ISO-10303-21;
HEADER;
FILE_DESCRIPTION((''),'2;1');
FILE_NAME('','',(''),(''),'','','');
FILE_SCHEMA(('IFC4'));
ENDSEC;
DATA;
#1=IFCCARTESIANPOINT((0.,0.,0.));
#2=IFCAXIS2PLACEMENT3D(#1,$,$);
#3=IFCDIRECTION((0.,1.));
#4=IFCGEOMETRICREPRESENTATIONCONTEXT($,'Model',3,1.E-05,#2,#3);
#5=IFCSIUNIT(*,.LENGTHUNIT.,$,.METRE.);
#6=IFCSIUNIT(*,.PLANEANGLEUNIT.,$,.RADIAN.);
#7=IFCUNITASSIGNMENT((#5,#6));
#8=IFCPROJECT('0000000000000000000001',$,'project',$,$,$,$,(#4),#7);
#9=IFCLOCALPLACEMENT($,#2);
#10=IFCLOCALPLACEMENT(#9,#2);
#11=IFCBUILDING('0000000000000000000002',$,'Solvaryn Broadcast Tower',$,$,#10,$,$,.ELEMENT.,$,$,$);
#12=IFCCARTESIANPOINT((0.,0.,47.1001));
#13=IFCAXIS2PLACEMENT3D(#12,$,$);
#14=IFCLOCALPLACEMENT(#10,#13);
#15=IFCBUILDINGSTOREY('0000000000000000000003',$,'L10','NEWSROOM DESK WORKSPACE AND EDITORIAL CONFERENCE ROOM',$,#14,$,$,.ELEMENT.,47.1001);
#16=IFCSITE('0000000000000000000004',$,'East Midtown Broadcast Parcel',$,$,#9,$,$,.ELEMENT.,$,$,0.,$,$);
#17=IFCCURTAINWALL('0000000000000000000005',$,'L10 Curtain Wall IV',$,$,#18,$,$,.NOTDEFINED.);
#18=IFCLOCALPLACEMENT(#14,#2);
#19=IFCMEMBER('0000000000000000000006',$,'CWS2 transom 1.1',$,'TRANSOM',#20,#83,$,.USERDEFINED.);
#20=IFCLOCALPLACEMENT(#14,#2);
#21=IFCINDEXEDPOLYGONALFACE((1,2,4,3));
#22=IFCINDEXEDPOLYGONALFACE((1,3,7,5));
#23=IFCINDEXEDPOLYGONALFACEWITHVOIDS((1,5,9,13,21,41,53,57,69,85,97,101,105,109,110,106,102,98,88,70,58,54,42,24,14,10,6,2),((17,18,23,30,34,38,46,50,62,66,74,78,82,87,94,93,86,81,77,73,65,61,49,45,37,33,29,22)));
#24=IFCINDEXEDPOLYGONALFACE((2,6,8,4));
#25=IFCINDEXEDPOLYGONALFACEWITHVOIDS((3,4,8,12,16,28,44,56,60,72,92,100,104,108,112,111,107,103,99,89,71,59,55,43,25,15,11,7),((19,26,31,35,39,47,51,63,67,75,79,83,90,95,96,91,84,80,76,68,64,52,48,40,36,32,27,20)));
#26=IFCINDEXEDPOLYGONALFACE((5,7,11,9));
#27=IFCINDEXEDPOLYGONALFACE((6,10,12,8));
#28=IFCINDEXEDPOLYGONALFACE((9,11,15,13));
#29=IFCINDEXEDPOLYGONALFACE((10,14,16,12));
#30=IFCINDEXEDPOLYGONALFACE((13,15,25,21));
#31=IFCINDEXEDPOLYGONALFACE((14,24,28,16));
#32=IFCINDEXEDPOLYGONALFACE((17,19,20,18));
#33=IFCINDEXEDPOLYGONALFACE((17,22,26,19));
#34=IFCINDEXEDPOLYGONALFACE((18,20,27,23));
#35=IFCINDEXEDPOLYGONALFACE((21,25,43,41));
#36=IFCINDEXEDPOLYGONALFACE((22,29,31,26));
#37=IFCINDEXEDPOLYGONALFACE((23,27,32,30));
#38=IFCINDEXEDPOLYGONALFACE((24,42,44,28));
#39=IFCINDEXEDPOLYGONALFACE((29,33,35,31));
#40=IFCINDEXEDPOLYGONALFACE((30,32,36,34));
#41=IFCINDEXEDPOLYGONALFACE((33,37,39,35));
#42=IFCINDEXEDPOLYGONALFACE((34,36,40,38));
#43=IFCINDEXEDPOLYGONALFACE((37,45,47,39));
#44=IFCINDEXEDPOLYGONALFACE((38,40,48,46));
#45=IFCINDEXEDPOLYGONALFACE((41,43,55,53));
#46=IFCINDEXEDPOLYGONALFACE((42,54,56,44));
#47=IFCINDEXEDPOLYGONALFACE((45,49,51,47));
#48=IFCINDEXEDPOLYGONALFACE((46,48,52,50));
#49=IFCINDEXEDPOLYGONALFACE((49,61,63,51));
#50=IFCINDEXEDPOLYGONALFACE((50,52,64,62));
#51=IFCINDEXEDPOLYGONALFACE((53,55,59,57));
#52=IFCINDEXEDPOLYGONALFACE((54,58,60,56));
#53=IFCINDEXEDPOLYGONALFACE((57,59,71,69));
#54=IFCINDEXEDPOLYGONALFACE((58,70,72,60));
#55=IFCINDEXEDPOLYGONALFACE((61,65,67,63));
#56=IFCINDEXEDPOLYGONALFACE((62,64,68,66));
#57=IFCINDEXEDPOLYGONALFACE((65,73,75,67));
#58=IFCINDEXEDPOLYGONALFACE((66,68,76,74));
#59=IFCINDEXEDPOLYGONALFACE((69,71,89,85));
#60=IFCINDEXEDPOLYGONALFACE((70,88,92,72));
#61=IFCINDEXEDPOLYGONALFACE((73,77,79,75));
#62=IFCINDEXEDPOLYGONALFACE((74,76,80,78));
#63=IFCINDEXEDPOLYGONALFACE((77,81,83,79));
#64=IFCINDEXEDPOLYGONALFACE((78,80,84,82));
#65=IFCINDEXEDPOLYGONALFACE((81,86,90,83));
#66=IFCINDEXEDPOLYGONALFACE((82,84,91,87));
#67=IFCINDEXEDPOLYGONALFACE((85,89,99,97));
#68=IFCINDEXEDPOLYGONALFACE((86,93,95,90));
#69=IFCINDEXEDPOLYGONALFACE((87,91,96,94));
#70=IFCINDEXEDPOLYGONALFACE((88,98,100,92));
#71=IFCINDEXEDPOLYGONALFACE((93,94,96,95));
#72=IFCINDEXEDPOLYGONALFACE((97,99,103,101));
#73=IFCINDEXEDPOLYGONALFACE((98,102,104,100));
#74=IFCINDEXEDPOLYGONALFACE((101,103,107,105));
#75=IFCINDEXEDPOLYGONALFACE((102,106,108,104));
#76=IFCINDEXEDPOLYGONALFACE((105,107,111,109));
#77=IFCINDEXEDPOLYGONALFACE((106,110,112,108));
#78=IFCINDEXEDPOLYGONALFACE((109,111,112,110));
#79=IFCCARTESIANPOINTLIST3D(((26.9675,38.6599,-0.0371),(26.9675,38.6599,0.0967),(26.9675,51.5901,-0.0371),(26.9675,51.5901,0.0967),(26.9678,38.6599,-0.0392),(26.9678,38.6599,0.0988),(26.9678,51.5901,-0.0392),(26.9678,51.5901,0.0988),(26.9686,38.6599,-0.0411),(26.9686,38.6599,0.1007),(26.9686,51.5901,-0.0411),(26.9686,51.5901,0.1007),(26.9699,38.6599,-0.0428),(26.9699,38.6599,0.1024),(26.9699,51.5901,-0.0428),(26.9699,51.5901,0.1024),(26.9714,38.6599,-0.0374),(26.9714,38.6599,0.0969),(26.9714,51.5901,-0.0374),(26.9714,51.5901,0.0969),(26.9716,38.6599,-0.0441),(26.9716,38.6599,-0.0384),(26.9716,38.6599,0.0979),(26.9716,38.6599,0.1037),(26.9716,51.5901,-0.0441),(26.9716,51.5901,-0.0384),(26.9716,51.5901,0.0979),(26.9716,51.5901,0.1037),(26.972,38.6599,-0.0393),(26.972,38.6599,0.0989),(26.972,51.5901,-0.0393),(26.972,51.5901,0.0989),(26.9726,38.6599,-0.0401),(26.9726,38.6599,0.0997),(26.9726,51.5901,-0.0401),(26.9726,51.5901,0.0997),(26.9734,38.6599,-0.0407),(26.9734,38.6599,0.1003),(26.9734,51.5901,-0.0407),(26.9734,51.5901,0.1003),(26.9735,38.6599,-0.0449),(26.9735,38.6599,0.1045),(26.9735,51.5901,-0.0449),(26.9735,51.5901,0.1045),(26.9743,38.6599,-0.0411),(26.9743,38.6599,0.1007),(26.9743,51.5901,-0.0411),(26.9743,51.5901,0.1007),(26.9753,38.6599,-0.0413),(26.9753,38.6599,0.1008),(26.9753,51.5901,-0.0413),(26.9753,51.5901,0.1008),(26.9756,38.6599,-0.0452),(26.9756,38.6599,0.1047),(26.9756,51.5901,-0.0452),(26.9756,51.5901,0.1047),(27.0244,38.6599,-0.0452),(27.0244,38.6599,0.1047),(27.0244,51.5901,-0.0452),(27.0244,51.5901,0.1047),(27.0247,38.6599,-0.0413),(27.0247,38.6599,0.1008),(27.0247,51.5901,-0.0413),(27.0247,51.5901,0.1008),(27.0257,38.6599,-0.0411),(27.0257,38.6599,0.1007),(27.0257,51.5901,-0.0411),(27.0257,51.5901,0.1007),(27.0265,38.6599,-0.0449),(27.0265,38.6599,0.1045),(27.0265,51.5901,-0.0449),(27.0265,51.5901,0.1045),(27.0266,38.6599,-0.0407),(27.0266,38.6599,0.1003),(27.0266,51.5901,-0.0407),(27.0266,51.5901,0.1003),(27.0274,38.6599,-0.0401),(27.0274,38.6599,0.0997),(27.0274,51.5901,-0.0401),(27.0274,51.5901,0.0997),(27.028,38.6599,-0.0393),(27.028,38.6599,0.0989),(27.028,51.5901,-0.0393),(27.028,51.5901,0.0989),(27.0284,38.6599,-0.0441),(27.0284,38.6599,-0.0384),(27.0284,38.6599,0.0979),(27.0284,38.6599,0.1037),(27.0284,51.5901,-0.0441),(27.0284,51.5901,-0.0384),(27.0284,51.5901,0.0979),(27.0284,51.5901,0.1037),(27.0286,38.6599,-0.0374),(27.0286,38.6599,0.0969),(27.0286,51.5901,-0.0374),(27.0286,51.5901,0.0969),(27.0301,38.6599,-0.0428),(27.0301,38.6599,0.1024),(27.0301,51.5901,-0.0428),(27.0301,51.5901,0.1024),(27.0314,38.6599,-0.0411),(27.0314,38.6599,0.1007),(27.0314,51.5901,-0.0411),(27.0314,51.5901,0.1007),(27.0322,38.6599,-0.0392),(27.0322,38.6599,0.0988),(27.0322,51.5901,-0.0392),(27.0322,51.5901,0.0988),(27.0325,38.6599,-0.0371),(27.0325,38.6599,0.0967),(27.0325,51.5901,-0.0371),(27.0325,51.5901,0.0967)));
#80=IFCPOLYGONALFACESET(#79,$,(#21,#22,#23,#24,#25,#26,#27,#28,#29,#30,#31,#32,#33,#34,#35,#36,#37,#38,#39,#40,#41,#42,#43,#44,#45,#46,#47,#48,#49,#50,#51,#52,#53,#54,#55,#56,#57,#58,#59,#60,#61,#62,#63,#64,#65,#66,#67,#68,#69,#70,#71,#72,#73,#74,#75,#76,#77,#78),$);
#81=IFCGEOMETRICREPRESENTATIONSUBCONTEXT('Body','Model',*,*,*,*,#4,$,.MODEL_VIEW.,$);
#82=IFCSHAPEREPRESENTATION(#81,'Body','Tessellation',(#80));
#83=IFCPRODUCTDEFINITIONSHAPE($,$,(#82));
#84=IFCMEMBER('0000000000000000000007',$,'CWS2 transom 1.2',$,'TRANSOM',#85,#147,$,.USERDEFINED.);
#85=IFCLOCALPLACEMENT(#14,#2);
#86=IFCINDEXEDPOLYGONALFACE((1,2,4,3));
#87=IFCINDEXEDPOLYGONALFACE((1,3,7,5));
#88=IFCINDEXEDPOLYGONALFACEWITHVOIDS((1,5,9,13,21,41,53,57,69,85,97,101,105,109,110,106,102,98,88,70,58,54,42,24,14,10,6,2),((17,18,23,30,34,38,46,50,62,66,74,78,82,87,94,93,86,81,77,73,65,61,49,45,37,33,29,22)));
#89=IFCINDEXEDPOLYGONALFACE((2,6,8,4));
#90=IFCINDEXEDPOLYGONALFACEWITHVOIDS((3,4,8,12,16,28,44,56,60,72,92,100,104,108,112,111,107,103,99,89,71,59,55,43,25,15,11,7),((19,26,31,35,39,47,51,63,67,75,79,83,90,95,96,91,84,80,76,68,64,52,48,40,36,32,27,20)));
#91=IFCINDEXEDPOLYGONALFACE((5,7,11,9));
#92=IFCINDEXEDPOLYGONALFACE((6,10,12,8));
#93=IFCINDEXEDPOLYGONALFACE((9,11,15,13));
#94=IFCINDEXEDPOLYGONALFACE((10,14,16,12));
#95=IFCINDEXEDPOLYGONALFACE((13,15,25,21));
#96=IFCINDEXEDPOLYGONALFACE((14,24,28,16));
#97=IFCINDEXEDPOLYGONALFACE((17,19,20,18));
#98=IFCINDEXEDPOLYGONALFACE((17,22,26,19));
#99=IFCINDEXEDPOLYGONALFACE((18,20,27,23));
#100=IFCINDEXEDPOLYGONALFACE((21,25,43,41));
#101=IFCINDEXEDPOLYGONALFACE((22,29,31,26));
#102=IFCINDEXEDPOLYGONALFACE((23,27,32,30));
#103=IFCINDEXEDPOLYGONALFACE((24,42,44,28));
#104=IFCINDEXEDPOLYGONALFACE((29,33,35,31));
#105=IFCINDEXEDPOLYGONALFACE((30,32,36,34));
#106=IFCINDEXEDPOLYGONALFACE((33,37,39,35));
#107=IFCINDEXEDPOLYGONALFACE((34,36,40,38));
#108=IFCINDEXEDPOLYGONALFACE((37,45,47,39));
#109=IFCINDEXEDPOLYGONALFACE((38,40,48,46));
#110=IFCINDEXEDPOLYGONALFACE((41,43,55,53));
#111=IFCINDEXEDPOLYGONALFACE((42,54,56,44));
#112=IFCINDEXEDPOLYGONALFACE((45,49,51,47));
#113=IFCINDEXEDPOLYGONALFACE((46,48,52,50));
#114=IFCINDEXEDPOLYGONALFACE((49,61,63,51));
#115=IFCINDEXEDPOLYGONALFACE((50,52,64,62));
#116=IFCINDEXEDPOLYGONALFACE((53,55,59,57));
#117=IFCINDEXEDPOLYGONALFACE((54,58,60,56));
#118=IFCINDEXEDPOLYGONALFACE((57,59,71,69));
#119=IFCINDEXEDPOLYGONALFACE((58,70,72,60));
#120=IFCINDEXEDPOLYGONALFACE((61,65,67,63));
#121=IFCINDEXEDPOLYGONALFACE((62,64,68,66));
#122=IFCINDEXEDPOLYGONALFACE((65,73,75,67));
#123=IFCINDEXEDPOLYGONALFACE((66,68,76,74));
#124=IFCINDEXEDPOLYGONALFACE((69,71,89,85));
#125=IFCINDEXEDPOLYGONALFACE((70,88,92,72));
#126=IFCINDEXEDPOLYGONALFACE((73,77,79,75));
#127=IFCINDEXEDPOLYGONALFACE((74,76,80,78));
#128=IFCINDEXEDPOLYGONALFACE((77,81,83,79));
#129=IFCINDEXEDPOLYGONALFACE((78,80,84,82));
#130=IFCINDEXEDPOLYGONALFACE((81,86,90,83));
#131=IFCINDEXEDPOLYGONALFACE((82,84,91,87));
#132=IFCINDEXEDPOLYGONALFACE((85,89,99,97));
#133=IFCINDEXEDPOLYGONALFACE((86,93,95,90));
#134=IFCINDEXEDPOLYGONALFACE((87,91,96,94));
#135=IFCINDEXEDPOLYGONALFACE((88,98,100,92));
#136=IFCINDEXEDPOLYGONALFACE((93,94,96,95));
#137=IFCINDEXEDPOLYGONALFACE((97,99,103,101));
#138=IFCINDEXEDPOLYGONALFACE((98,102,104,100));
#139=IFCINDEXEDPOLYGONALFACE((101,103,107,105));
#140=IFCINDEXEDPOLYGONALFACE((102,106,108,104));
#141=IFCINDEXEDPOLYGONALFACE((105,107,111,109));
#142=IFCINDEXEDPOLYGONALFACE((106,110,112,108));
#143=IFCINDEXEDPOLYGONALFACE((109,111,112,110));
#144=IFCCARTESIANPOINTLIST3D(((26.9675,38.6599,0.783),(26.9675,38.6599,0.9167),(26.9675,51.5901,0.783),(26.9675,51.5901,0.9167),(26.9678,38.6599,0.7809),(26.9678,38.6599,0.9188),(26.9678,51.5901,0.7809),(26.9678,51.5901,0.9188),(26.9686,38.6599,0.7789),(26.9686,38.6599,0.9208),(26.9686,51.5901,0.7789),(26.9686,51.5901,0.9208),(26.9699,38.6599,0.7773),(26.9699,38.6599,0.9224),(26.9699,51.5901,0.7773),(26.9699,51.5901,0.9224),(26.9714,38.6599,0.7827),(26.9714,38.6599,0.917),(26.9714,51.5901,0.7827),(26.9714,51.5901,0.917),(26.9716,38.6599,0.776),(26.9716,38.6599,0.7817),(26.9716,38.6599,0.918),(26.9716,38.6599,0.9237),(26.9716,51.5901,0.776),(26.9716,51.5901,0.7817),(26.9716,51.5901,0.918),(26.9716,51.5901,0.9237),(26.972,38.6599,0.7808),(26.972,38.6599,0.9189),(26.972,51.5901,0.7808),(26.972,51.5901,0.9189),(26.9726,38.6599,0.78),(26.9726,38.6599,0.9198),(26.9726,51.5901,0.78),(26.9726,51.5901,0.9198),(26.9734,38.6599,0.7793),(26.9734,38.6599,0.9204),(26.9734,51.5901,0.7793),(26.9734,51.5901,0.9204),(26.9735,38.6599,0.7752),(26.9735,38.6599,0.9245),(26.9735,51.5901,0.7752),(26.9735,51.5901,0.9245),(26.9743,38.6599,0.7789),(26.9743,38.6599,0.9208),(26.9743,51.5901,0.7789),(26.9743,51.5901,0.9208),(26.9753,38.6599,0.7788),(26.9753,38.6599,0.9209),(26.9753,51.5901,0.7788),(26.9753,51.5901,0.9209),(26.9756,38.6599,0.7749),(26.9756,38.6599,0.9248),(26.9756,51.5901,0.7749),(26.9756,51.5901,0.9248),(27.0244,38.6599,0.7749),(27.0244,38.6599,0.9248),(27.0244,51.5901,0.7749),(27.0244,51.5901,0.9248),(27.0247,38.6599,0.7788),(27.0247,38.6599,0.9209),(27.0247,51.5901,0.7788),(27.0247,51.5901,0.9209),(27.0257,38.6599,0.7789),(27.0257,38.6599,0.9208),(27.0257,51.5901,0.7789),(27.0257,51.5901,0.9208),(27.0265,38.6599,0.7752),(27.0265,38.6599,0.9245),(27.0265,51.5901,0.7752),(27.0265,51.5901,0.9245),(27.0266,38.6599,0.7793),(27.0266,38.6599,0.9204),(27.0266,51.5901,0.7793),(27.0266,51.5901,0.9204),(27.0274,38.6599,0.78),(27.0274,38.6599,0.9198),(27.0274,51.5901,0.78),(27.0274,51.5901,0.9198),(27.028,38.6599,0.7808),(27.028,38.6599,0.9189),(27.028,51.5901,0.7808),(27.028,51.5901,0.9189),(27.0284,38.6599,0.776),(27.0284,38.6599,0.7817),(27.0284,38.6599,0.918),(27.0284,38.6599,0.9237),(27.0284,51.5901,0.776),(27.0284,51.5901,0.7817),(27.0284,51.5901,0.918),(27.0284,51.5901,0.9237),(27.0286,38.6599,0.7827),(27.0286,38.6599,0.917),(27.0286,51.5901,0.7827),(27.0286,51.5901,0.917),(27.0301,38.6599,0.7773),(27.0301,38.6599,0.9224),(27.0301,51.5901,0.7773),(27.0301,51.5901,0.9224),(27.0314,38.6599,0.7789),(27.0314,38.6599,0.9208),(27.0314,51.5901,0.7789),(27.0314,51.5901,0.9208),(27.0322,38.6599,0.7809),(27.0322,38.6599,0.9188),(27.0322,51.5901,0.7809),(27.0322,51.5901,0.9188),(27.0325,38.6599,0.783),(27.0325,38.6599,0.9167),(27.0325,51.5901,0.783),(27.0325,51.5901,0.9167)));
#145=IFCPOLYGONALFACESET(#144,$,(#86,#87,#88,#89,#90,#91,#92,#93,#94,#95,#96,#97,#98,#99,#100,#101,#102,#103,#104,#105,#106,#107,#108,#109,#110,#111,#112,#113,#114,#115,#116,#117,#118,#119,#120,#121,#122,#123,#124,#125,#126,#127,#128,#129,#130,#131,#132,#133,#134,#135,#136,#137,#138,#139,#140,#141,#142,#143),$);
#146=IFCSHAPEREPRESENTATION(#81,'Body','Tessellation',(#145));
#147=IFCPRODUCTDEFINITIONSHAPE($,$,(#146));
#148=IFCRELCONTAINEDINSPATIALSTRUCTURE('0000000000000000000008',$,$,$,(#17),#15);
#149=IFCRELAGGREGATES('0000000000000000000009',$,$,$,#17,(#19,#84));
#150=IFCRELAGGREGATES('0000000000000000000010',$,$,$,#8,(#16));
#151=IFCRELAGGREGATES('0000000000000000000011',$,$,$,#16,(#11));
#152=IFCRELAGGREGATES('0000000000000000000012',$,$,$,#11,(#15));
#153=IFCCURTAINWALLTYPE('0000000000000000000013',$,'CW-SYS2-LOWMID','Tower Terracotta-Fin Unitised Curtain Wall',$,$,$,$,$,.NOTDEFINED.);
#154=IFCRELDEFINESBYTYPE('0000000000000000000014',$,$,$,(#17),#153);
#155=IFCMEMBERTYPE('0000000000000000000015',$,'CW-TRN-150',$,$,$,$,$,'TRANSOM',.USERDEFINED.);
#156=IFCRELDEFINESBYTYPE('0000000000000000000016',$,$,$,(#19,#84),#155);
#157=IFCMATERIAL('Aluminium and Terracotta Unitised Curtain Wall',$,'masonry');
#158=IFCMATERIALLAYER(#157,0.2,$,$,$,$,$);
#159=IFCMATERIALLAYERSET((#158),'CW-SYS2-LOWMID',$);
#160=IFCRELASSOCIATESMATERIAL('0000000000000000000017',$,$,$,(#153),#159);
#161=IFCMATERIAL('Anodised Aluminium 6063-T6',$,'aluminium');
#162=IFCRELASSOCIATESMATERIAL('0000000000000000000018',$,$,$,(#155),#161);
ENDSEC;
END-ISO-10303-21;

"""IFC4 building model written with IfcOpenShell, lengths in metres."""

from ifc_helpers import new_model, si_unit, direction, frame, origin, origin_2d, place, context, subcontext, project, spatial, hollow_rectangle, extrude, material, layer, layer_set, material_profile, profile_set, type_object, element, aggregate, save


model = new_model("IFC4")

# Units and contexts
model_context = context("Model", 3, precision=1e-05, world=origin(), true_north=direction((0.0, 1.0)))
body_context = subcontext(model_context, "Body", "Model", "MODEL_VIEW")
ifc_project = project(units=[si_unit("LENGTHUNIT", "METRE"), si_unit("PLANEANGLEUNIT", "RADIAN")], contexts=[model_context])

# Site, building, storey
site_placement = place(None, origin())
site = spatial("IfcSite", under=ifc_project, at=site_placement, Name="East Midtown Broadcast Parcel", CompositionType="ELEMENT", RefElevation=0.0)
building_placement = place(site_placement, origin())
building = spatial("IfcBuilding", under=site, at=building_placement, Name="Solvaryn Broadcast Tower", CompositionType="ELEMENT")
storey_placement = place(building_placement, frame((0.0, 0.0, 47.1001)))
storey = spatial("IfcBuildingStorey", under=building, at=storey_placement, Name="L10", Description="NEWSROOM DESK WORKSPACE AND EDITORIAL CONFERENCE ROOM", CompositionType="ELEMENT", Elevation=47.1001)

# Curtain wall
ifc_material_1 = material(Name="Aluminium and Terracotta Unitised Curtain Wall", Category="masonry")
ifc_layer_1 = layer(ifc_material_1, 0.2)
ifc_layer_set_1 = layer_set([ifc_layer_1], Name="CW-SYS2-LOWMID")
curtain_wall_type = type_object("IfcCurtainWallType", Name="CW-SYS2-LOWMID", Description="Tower Terracotta-Fin Unitised Curtain Wall", PredefinedType="NOTDEFINED", material=ifc_layer_set_1)
curtain_wall_1_placement = place(storey_placement, origin())
curtain_wall_1 = element("IfcCurtainWall", 1, at=curtain_wall_1_placement, inside=storey, type_object=curtain_wall_type, Name="L10 Curtain Wall IV", PredefinedType="NOTDEFINED")

# Members
ifc_material_2 = material(Name="Anodised Aluminium 6063-T6", Category="aluminium")
ifc_material_profile_1 = material_profile(ifc_material_2, hollow_rectangle(XDim=0.0649, YDim=0.1499, WallThickness=0.0039, InnerFilletRadius=0.0039, OuterFilletRadius=0.0081, at=origin_2d()))
ifc_profile_set_1 = profile_set([ifc_material_profile_1], Name="Anodised Aluminium 6063-T6")
member_type_1 = type_object("IfcMemberType", Name="CW-TRN-150", ElementType="TRANSOM", PredefinedType="USERDEFINED", material=ifc_profile_set_1)
member_1_placement = place(storey_placement, frame((27.0, 51.5901, 0.0298), z_axis=(0.0, -1.0, 0.0), x_axis=(1.0, 0.0, 0.0)))
member_1 = element("IfcMember", 2, at=member_1_placement, type_object=member_type_1, Name="CWS2 transom 1.1", ObjectType="TRANSOM", PredefinedType="USERDEFINED", context=body_context, shape_type="SweptSolid", body=[
    extrude(hollow_rectangle(XDim=0.0649, YDim=0.1499, WallThickness=0.0039, InnerFilletRadius=0.0039, OuterFilletRadius=0.0081, at=origin_2d()), origin(), (0.0, 0.0, 1.0), 12.9302),
])
member_2_placement = place(storey_placement, frame((27.0, 51.5901, 0.8499), z_axis=(0.0, -1.0, 0.0), x_axis=(1.0, 0.0, 0.0)))
member_2 = element("IfcMember", 3, at=member_2_placement, type_object=member_type_1, Name="CWS2 transom 1.2", ObjectType="TRANSOM", PredefinedType="USERDEFINED", context=body_context, shape_type="SweptSolid", body=[
    extrude(hollow_rectangle(XDim=0.0649, YDim=0.1499, WallThickness=0.0039, InnerFilletRadius=0.0039, OuterFilletRadius=0.0081, at=origin_2d()), origin(), (0.0, 0.0, 1.0), 12.9302),
])

aggregate(curtain_wall_1, [member_1, member_2])

save(model, "model.ifc")
